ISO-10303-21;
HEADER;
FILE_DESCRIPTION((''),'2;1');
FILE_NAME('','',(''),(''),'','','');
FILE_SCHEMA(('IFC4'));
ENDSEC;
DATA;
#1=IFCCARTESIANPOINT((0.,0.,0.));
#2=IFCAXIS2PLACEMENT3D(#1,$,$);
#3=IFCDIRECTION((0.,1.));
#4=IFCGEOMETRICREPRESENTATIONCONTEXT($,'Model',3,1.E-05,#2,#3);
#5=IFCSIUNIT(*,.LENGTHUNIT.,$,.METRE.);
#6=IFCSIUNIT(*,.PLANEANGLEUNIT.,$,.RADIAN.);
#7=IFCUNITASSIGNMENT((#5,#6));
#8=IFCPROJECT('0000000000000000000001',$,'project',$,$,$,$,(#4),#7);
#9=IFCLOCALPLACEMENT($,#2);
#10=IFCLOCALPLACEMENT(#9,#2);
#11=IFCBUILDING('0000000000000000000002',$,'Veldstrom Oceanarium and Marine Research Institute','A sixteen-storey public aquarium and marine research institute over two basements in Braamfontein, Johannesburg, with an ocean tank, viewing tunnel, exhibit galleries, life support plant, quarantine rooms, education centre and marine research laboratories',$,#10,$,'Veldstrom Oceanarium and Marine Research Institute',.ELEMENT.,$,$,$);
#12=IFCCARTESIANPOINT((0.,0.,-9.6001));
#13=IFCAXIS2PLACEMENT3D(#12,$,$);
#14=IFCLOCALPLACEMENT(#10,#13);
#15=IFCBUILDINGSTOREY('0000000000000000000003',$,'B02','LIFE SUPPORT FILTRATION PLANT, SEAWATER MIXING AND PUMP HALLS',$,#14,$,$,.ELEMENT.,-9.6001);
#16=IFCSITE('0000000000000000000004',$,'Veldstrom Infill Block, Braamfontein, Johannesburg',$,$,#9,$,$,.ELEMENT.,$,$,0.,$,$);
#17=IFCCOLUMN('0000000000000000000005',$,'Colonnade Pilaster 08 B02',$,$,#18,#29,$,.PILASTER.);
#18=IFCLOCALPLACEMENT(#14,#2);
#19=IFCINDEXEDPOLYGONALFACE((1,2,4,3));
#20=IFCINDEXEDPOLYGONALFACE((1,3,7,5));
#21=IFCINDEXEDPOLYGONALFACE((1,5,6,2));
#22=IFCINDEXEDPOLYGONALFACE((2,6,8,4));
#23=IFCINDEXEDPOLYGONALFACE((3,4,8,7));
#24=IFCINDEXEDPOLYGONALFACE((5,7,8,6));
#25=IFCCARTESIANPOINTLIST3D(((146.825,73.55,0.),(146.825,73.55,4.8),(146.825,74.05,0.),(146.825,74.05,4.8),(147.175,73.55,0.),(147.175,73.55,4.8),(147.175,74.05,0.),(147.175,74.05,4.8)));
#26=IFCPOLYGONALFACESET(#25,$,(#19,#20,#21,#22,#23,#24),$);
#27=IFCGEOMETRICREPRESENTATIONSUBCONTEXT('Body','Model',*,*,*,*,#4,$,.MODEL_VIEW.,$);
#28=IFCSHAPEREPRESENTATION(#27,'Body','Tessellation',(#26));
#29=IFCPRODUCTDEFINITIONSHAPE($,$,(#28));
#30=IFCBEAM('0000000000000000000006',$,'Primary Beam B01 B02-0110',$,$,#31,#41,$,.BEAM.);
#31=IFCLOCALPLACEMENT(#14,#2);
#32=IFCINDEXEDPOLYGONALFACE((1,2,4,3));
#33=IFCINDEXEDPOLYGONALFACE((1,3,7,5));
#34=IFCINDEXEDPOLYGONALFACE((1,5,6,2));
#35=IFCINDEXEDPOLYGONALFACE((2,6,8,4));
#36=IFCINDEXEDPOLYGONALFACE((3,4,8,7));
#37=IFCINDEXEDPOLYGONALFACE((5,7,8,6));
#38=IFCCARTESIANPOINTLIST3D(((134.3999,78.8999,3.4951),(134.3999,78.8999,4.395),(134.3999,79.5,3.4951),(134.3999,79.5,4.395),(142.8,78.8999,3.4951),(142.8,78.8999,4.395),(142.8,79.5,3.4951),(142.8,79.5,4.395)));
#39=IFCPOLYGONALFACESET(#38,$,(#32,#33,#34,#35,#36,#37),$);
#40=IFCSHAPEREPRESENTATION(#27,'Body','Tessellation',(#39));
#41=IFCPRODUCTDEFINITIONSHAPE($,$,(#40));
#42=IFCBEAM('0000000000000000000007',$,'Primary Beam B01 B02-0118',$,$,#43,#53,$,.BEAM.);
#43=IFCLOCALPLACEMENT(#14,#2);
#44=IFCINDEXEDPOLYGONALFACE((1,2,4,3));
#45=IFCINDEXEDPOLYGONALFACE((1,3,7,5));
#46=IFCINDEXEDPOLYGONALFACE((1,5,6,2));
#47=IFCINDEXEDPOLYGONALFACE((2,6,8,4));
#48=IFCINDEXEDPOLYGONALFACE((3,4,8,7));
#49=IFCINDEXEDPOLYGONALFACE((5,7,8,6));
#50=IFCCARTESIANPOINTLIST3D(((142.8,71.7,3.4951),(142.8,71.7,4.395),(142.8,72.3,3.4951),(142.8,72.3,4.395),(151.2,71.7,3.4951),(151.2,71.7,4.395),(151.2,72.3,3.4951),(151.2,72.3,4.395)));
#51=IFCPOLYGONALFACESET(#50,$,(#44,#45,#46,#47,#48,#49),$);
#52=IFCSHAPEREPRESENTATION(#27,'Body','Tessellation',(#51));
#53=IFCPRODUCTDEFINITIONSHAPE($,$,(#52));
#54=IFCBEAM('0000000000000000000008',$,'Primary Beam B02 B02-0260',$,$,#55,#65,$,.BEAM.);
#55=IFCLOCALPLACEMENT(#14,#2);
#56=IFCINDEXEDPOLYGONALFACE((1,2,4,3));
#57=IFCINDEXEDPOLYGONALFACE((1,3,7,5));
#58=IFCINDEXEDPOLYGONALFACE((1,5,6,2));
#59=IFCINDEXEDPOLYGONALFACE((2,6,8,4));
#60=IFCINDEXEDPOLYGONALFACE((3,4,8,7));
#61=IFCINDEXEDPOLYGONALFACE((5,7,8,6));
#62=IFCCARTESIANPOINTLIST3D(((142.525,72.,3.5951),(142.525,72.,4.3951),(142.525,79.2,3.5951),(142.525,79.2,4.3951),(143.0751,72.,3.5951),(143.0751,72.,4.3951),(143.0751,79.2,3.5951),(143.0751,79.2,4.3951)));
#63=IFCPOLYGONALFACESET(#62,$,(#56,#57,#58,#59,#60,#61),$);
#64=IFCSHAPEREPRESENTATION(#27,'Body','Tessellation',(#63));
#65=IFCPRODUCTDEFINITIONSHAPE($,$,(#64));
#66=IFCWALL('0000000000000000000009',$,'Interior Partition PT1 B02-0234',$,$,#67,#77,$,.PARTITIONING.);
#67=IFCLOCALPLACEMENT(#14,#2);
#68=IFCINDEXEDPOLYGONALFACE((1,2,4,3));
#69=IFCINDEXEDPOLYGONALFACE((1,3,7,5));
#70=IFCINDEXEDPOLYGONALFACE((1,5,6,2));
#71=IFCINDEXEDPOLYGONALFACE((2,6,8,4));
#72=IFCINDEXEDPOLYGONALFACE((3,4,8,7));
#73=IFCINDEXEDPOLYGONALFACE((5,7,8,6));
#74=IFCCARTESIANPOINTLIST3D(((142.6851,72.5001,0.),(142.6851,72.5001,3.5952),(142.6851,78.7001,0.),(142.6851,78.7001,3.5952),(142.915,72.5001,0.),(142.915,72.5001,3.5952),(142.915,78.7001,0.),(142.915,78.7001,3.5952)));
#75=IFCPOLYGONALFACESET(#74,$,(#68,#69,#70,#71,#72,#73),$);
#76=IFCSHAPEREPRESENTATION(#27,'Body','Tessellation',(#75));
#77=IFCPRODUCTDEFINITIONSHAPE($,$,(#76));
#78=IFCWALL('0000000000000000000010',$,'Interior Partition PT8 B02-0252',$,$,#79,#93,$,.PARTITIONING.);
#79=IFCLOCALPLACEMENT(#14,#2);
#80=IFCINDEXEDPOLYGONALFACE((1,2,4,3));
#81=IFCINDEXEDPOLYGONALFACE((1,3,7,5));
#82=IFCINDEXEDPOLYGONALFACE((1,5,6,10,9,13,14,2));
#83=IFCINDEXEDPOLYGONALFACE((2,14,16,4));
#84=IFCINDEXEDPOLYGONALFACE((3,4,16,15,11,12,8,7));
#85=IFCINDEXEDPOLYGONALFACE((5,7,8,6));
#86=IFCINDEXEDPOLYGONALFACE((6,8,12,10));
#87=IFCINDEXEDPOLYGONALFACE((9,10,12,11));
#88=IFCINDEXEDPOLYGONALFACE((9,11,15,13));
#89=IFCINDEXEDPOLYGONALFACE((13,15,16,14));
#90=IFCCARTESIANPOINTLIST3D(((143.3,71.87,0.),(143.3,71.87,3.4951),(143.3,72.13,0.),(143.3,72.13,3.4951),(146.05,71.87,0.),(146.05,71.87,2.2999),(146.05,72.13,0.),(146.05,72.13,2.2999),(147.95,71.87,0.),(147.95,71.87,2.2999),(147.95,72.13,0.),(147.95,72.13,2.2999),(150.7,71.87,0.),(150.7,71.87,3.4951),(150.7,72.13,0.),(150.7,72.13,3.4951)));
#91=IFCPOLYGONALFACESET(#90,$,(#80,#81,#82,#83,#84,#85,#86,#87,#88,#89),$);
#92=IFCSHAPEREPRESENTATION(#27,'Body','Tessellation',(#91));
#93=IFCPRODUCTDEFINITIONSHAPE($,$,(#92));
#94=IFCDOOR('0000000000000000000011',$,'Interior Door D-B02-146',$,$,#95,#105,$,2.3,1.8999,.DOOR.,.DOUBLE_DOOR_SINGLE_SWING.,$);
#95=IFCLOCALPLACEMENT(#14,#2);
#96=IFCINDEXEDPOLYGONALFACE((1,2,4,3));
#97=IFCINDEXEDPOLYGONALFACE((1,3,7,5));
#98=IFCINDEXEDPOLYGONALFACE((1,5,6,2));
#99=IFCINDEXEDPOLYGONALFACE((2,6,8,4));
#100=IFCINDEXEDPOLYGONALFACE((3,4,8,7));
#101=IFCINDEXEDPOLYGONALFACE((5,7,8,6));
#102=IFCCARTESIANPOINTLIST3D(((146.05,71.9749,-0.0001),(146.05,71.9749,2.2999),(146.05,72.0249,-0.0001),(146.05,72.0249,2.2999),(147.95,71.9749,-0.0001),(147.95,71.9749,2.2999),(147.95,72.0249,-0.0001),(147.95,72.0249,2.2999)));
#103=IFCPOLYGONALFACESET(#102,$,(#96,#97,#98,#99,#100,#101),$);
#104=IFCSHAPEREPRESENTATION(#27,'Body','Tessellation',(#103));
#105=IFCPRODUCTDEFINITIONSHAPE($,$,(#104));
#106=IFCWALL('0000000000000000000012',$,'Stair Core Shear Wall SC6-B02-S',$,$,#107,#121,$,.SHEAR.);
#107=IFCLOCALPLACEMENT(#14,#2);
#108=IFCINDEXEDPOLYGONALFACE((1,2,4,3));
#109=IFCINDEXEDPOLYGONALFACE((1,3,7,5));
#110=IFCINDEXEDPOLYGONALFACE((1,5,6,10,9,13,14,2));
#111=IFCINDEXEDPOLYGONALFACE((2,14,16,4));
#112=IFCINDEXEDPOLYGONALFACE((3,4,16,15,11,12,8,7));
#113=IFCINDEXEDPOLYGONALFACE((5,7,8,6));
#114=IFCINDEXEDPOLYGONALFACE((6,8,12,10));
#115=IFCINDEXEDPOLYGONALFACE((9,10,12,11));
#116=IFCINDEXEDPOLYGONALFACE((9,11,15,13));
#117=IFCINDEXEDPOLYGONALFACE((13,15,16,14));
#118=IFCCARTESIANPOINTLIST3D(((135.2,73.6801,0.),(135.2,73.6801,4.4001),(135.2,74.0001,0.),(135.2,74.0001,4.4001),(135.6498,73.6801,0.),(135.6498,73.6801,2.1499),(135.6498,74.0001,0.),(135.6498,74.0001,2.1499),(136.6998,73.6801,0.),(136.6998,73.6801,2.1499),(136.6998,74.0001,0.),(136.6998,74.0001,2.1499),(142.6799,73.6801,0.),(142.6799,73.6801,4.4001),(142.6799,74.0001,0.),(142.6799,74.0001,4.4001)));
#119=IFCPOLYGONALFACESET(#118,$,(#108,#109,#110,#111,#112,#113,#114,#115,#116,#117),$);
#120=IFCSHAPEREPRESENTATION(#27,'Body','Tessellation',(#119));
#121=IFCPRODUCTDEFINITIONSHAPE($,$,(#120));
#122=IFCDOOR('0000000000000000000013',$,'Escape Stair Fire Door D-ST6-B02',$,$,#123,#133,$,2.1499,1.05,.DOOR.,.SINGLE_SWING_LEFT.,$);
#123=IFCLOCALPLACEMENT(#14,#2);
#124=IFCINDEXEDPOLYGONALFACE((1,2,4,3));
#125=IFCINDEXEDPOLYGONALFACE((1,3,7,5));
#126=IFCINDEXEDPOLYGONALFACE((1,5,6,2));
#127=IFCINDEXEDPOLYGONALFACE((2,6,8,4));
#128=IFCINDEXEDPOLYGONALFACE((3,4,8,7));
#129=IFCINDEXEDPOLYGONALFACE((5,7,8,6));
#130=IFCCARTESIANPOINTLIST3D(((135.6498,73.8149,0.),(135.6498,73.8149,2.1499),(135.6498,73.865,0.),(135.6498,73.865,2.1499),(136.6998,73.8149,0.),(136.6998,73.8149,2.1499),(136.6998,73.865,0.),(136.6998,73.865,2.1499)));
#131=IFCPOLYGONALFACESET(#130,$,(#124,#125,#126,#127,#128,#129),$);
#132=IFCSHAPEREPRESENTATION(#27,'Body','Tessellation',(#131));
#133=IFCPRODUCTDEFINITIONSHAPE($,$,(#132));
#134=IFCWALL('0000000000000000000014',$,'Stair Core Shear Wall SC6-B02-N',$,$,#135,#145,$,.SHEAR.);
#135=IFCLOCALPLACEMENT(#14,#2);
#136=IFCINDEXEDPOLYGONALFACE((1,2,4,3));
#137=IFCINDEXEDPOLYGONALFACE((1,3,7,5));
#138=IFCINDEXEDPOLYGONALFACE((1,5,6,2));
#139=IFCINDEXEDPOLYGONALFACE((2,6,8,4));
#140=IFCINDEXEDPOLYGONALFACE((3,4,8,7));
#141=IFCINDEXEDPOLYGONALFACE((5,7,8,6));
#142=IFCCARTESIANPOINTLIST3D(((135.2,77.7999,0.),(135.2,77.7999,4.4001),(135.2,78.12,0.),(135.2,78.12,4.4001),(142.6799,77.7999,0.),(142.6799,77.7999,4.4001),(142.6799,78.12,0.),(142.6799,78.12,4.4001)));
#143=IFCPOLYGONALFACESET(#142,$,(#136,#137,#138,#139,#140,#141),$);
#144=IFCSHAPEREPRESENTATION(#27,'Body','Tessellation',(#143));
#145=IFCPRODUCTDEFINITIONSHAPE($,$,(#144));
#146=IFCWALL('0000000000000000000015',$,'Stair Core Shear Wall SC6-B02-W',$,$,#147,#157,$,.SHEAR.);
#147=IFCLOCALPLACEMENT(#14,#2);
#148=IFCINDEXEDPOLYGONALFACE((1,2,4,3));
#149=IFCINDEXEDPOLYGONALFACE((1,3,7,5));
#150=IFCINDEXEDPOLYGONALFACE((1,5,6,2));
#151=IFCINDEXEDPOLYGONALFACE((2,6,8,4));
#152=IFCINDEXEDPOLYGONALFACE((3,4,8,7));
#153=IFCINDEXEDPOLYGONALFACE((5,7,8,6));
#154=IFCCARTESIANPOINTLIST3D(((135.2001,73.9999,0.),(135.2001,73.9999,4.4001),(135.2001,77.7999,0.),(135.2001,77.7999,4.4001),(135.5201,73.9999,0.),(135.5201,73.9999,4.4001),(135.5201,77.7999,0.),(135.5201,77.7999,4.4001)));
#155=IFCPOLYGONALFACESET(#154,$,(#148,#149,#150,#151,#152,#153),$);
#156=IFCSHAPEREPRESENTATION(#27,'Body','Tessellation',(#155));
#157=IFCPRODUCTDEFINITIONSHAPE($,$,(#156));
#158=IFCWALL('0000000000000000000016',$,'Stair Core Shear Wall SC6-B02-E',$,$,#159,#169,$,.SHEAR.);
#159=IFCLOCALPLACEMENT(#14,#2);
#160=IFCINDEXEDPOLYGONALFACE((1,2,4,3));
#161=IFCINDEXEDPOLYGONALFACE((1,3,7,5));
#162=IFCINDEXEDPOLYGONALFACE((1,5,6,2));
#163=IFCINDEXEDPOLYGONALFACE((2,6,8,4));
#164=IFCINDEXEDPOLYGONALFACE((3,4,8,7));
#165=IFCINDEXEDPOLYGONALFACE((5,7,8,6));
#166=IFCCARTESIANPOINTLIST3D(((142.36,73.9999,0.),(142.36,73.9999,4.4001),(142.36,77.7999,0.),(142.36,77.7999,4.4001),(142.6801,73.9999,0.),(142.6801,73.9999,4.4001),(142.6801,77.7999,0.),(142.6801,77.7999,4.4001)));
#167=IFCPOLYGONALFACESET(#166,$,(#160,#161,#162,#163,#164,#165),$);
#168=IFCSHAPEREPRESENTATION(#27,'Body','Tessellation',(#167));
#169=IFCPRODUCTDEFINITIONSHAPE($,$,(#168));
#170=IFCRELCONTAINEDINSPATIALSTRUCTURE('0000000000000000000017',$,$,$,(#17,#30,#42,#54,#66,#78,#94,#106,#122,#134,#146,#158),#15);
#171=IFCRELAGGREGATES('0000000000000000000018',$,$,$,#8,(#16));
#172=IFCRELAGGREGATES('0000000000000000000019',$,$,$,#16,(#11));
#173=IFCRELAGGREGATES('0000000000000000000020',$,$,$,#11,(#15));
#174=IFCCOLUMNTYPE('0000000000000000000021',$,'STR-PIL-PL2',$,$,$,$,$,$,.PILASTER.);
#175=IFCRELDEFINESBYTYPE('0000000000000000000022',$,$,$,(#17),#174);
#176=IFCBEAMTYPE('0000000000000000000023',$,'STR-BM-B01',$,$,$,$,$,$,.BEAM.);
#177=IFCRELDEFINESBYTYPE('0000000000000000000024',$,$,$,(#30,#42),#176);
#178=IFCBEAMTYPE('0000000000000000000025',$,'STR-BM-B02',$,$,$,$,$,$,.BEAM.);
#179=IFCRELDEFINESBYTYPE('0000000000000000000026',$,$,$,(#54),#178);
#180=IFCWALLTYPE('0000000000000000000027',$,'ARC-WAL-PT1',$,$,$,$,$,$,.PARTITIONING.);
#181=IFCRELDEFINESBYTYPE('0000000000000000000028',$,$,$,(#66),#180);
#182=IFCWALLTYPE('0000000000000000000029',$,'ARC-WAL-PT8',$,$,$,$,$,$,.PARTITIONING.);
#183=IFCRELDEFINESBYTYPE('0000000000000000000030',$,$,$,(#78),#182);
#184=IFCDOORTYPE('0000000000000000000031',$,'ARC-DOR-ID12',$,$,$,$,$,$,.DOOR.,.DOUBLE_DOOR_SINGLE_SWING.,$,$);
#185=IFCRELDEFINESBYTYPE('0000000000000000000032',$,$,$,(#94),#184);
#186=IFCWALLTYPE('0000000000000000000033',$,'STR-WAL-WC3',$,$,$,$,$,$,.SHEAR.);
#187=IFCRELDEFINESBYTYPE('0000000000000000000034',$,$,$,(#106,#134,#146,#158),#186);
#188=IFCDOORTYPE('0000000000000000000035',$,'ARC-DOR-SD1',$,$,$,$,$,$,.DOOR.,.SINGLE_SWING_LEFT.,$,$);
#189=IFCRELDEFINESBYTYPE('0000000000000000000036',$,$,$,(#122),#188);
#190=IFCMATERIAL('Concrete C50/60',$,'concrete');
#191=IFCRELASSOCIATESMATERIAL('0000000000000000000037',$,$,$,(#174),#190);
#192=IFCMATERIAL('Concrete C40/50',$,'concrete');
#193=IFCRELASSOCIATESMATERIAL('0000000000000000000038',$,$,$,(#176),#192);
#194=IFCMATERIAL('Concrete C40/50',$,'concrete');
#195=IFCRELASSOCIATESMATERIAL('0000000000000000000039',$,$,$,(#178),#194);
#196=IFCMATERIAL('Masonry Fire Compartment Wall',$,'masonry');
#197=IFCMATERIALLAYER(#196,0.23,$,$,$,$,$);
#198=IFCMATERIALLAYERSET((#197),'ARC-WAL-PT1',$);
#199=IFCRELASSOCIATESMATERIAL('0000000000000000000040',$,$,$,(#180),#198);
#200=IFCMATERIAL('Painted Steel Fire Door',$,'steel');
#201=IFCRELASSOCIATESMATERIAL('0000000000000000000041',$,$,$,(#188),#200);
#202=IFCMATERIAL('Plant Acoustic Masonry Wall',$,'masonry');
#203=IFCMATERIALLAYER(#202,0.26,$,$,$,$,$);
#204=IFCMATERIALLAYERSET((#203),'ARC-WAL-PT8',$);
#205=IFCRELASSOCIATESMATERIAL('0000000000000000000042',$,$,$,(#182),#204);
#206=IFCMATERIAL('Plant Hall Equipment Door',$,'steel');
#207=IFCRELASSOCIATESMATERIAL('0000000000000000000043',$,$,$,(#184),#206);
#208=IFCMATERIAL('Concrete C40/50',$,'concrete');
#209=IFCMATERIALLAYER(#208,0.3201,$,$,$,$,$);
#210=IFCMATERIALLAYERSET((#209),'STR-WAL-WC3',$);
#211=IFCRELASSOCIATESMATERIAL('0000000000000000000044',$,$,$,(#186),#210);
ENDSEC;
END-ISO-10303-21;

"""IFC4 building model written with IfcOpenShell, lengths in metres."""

from ifc_helpers import new_model, si_unit, direction, frame, frame_2d, origin, origin_2d, place, context, subcontext, project, spatial, rectangle, extrude, material, layer, layer_set, material_profile, profile_set, type_object, element, fill, save


model = new_model("IFC4")

# Units and contexts
model_context = context("Model", 3, precision=1e-05, world=origin(), true_north=direction((0.0, 1.0)))
body_context = subcontext(model_context, "Body", "Model", "MODEL_VIEW")
ifc_project = project(units=[si_unit("LENGTHUNIT", "METRE"), si_unit("PLANEANGLEUNIT", "RADIAN")], contexts=[model_context])

# Site, building, storey
site_placement = place(None, origin())
site = spatial("IfcSite", under=ifc_project, at=site_placement, Name="Veldstrom Infill Block, Braamfontein, Johannesburg", CompositionType="ELEMENT", RefElevation=0.0)
building_placement = place(site_placement, origin())
building = spatial("IfcBuilding", under=site, at=building_placement, Name="Veldstrom Oceanarium and Marine Research Institute", Description="A sixteen-storey public aquarium and marine research institute over two basements in Braamfontein, Johannesburg, with an ocean tank, viewing tunnel, exhibit galleries, life support plant, quarantine rooms, education centre and marine research laboratories", LongName="Veldstrom Oceanarium and Marine Research Institute", CompositionType="ELEMENT")
storey_placement = place(building_placement, frame((0.0, 0.0, -9.6001)))
storey = spatial("IfcBuildingStorey", under=building, at=storey_placement, Name="B02", Description="LIFE SUPPORT FILTRATION PLANT, SEAWATER MIXING AND PUMP HALLS", CompositionType="ELEMENT", Elevation=-9.6001)

# Column
ifc_material_1 = material(Name="Concrete C50/60", Category="concrete")
ifc_material_profile_1 = material_profile(ifc_material_1, rectangle(XDim=0.3501, YDim=0.5, at=origin_2d()), Name="RC-PIL-500x350")
ifc_profile_set_1 = profile_set([ifc_material_profile_1], Name="Concrete C50/60")
column_type_1 = type_object("IfcColumnType", Name="STR-PIL-PL2", PredefinedType="PILASTER", material=ifc_profile_set_1)
for number, where, z_axis, x_axis, name in (
    (1, (147.0, 73.8, 0.0), (0.0, 0.0, 1.0), (1.0, 0.0, 0.0), "Colonnade Pilaster 08 B02"),
):
    element("IfcColumn", number, at=place(storey_placement, frame(where, z_axis=z_axis, x_axis=x_axis)), inside=storey, type_object=column_type_1, Name=name, PredefinedType="PILASTER", context=body_context, shape_type="SweptSolid", body=[
        extrude(rectangle(XDim=0.3501, YDim=0.5, at=origin_2d()), origin(), (0.0, 0.0, 1.0), 4.8),
    ])

# Beams
ifc_material_2 = material(Name="Concrete C40/50", Category="concrete")
ifc_material_profile_2 = material_profile(ifc_material_2, rectangle(XDim=0.6001, YDim=0.8999, at=origin_2d()), Name="RC-BM-600x900")
ifc_profile_set_2 = profile_set([ifc_material_profile_2], Name="Concrete C40/50")
beam_type_1 = type_object("IfcBeamType", Name="STR-BM-B01", PredefinedType="BEAM", material=ifc_profile_set_2)
beam_1_placement = place(storey_placement, frame((134.3999, 79.2, 3.9451), z_axis=(1.0, 0.0, 0.0), x_axis=(0.0, 1.0, 0.0)))
element("IfcBeam", 2, at=beam_1_placement, inside=storey, type_object=beam_type_1, Name="Primary Beam B01 B02-0110", PredefinedType="BEAM", context=body_context, shape_type="SweptSolid", body=[
    extrude(rectangle(XDim=0.6001, YDim=0.8999, at=origin_2d()), origin(), (0.0, 0.0, 1.0), 8.4001),
])
beam_2_placement = place(storey_placement, frame((142.8, 72.0, 3.9451), z_axis=(1.0, 0.0, 0.0), x_axis=(0.0, 1.0, 0.0)))
element("IfcBeam", 3, at=beam_2_placement, inside=storey, type_object=beam_type_1, Name="Primary Beam B01 B02-0118", PredefinedType="BEAM", context=body_context, shape_type="SweptSolid", body=[
    extrude(rectangle(XDim=0.6001, YDim=0.8999, at=origin_2d()), origin(), (0.0, 0.0, 1.0), 8.3999),
])
ifc_material_3 = material(Name="Concrete C40/50", Category="concrete")
ifc_material_profile_3 = material_profile(ifc_material_3, rectangle(XDim=0.55, YDim=0.8, at=origin_2d()), Name="RC-BM-550x800")
ifc_profile_set_3 = profile_set([ifc_material_profile_3], Name="Concrete C40/50")
beam_type_2 = type_object("IfcBeamType", Name="STR-BM-B02", PredefinedType="BEAM", material=ifc_profile_set_3)
beam_3_placement = place(storey_placement, frame((142.8, 72.0, 3.9951), z_axis=(0.0, 1.0, 0.0), x_axis=(-1.0, 0.0, 0.0)))
element("IfcBeam", 4, at=beam_3_placement, inside=storey, type_object=beam_type_2, Name="Primary Beam B02 B02-0260", PredefinedType="BEAM", context=body_context, shape_type="SweptSolid", body=[
    extrude(rectangle(XDim=0.55, YDim=0.8, at=origin_2d()), origin(), (0.0, 0.0, 1.0), 7.2),
])

# Shared definitions
ifc_material_4 = material(Name="Masonry Fire Compartment Wall", Category="masonry")
ifc_layer_1 = layer(ifc_material_4, 0.23)
ifc_layer_set_1 = layer_set([ifc_layer_1], Name="ARC-WAL-PT1")
wall_type_1 = type_object("IfcWallType", Name="ARC-WAL-PT1", PredefinedType="PARTITIONING", material=ifc_layer_set_1)
ifc_material_5 = material(Name="Painted Steel Fire Door", Category="steel")
door_type_1 = type_object("IfcDoorType", Name="ARC-DOR-SD1", OperationType="SINGLE_SWING_LEFT", PredefinedType="DOOR", material=ifc_material_5)

# Wall
wall_1_placement = place(storey_placement, frame((142.8, 72.5, 0.0), z_axis=(0.0, 0.0, 1.0), x_axis=(0.0, 1.0, 0.0)))
element("IfcWall", 5, at=wall_1_placement, inside=storey, type_object=wall_type_1, Name="Interior Partition PT1 B02-0234", PredefinedType="PARTITIONING", context=body_context, shape_type="SweptSolid", body=[
    extrude(rectangle(XDim=6.2, YDim=0.23, at=frame_2d((3.1001, 0.0))), origin(), (0.0, 0.0, 1.0), 3.5952),
])

# Walls, openings, doors
ifc_material_6 = material(Name="Plant Acoustic Masonry Wall", Category="masonry")
ifc_layer_2 = layer(ifc_material_6, 0.26)
ifc_layer_set_2 = layer_set([ifc_layer_2], Name="ARC-WAL-PT8")
wall_type_2 = type_object("IfcWallType", Name="ARC-WAL-PT8", PredefinedType="PARTITIONING", material=ifc_layer_set_2)
wall_2_placement = place(storey_placement, frame((143.3, 72.0, 0.0), z_axis=(0.0, 0.0, 1.0), x_axis=(1.0, 0.0, 0.0)))
wall_2 = element("IfcWall", 6, at=wall_2_placement, inside=storey, type_object=wall_type_2, Name="Interior Partition PT8 B02-0252", PredefinedType="PARTITIONING", context=body_context, shape_type="SweptSolid", body=[
    extrude(rectangle(XDim=7.3999, YDim=0.26, at=frame_2d((3.7, 0.0))), origin(), (0.0, 0.0, 1.0), 3.4951),
])
opening_1_placement = place(wall_2_placement, frame((2.75, 0.0, 0.0)))
opening_1 = element("IfcOpeningElement", 7, at=opening_1_placement, cuts=wall_2, PredefinedType="OPENING", context=body_context, shape_type="SweptSolid", body=[
    extrude(rectangle(XDim=1.8999, YDim=2.3, at=frame_2d((0.95, 1.1499))), frame((0.0, 0.1399, 0.0), z_axis=(0.0, -1.0, 0.0), x_axis=(1.0, 0.0, 0.0)), (0.0, 0.0, 1.0), 0.28),
])
ifc_material_7 = material(Name="Plant Hall Equipment Door", Category="steel")
door_type_2 = type_object("IfcDoorType", Name="ARC-DOR-ID12", OperationType="DOUBLE_DOOR_SINGLE_SWING", PredefinedType="DOOR", material=ifc_material_7)
door_1_placement = place(opening_1_placement, origin())
door_1 = element("IfcDoor", 8, at=door_1_placement, inside=storey, type_object=door_type_2, Name="Interior Door D-B02-146", OperationType="DOUBLE_DOOR_SINGLE_SWING", OverallHeight=2.3, OverallWidth=1.8999, PredefinedType="DOOR", context=body_context, shape_type="SweptSolid", body=[
    extrude(rectangle(XDim=1.8999, YDim=2.3, at=frame_2d((0.95, 1.1499))), frame((0.0, 0.0249, 0.0), z_axis=(0.0, -1.0, 0.0), x_axis=(1.0, 0.0, 0.0)), (0.0, 0.0, 1.0), 0.05),
])
fill(opening_1, door_1)
ifc_material_8 = material(Name="Concrete C40/50", Category="concrete")
ifc_layer_3 = layer(ifc_material_8, 0.3201)
ifc_layer_set_3 = layer_set([ifc_layer_3], Name="STR-WAL-WC3")
wall_type_3 = type_object("IfcWallType", Name="STR-WAL-WC3", PredefinedType="SHEAR", material=ifc_layer_set_3)
wall_3_placement = place(storey_placement, frame((135.2, 73.8401, 0.0), z_axis=(0.0, 0.0, 1.0), x_axis=(1.0, 0.0, 0.0)))
wall_3 = element("IfcWall", 9, at=wall_3_placement, inside=storey, type_object=wall_type_3, Name="Stair Core Shear Wall SC6-B02-S", PredefinedType="SHEAR", context=body_context, shape_type="SweptSolid", body=[
    extrude(rectangle(XDim=7.48, YDim=0.3201, at=frame_2d((3.74, 0.0))), origin(), (0.0, 0.0, 1.0), 4.4001),
])
opening_2_placement = place(wall_3_placement, frame((0.45, 0.0, 0.0)))
opening_2 = element("IfcOpeningElement", 10, at=opening_2_placement, cuts=wall_3, PredefinedType="OPENING", context=body_context, shape_type="SweptSolid", body=[
    extrude(rectangle(XDim=1.05, YDim=2.1499, at=frame_2d((0.5249, 1.075))), frame((0.0, 0.1699, 0.0), z_axis=(0.0, -1.0, 0.0), x_axis=(1.0, 0.0, 0.0)), (0.0, 0.0, 1.0), 0.3401),
])
door_2_placement = place(opening_2_placement, origin())
door_2 = element("IfcDoor", 11, at=door_2_placement, inside=storey, type_object=door_type_1, Name="Escape Stair Fire Door D-ST6-B02", OperationType="SINGLE_SWING_LEFT", OverallHeight=2.1499, OverallWidth=1.05, PredefinedType="DOOR", context=body_context, shape_type="SweptSolid", body=[
    extrude(rectangle(XDim=1.05, YDim=2.1499, at=frame_2d((0.5249, 1.075))), frame((0.0, 0.0249, 0.0), z_axis=(0.0, -1.0, 0.0), x_axis=(1.0, 0.0, 0.0)), (0.0, 0.0, 1.0), 0.05),
])
fill(opening_2, door_2)

# Walls
wall_4_placement = place(storey_placement, frame((135.2, 77.96, 0.0), z_axis=(0.0, 0.0, 1.0), x_axis=(1.0, 0.0, 0.0)))
element("IfcWall", 12, at=wall_4_placement, inside=storey, type_object=wall_type_3, Name="Stair Core Shear Wall SC6-B02-N", PredefinedType="SHEAR", context=body_context, shape_type="SweptSolid", body=[
    extrude(rectangle(XDim=7.48, YDim=0.3201, at=frame_2d((3.74, 0.0))), origin(), (0.0, 0.0, 1.0), 4.4001),
])
for number, where, z_axis, x_axis, name in (
    (13, (135.3601, 74.0, 0.0), (0.0, 0.0, 1.0), (0.0, 1.0, 0.0), "Stair Core Shear Wall SC6-B02-W"),
    (14, (142.52, 74.0, 0.0), (0.0, 0.0, 1.0), (0.0, 1.0, 0.0), "Stair Core Shear Wall SC6-B02-E"),
):
    element("IfcWall", number, at=place(storey_placement, frame(where, z_axis=z_axis, x_axis=x_axis)), inside=storey, type_object=wall_type_3, Name=name, PredefinedType="SHEAR", context=body_context, shape_type="SweptSolid", body=[
        extrude(rectangle(XDim=3.8, YDim=0.3201, at=frame_2d((1.8999, 0.0))), origin(), (0.0, 0.0, 1.0), 4.4001),
    ])

save(model, "model.ifc")
